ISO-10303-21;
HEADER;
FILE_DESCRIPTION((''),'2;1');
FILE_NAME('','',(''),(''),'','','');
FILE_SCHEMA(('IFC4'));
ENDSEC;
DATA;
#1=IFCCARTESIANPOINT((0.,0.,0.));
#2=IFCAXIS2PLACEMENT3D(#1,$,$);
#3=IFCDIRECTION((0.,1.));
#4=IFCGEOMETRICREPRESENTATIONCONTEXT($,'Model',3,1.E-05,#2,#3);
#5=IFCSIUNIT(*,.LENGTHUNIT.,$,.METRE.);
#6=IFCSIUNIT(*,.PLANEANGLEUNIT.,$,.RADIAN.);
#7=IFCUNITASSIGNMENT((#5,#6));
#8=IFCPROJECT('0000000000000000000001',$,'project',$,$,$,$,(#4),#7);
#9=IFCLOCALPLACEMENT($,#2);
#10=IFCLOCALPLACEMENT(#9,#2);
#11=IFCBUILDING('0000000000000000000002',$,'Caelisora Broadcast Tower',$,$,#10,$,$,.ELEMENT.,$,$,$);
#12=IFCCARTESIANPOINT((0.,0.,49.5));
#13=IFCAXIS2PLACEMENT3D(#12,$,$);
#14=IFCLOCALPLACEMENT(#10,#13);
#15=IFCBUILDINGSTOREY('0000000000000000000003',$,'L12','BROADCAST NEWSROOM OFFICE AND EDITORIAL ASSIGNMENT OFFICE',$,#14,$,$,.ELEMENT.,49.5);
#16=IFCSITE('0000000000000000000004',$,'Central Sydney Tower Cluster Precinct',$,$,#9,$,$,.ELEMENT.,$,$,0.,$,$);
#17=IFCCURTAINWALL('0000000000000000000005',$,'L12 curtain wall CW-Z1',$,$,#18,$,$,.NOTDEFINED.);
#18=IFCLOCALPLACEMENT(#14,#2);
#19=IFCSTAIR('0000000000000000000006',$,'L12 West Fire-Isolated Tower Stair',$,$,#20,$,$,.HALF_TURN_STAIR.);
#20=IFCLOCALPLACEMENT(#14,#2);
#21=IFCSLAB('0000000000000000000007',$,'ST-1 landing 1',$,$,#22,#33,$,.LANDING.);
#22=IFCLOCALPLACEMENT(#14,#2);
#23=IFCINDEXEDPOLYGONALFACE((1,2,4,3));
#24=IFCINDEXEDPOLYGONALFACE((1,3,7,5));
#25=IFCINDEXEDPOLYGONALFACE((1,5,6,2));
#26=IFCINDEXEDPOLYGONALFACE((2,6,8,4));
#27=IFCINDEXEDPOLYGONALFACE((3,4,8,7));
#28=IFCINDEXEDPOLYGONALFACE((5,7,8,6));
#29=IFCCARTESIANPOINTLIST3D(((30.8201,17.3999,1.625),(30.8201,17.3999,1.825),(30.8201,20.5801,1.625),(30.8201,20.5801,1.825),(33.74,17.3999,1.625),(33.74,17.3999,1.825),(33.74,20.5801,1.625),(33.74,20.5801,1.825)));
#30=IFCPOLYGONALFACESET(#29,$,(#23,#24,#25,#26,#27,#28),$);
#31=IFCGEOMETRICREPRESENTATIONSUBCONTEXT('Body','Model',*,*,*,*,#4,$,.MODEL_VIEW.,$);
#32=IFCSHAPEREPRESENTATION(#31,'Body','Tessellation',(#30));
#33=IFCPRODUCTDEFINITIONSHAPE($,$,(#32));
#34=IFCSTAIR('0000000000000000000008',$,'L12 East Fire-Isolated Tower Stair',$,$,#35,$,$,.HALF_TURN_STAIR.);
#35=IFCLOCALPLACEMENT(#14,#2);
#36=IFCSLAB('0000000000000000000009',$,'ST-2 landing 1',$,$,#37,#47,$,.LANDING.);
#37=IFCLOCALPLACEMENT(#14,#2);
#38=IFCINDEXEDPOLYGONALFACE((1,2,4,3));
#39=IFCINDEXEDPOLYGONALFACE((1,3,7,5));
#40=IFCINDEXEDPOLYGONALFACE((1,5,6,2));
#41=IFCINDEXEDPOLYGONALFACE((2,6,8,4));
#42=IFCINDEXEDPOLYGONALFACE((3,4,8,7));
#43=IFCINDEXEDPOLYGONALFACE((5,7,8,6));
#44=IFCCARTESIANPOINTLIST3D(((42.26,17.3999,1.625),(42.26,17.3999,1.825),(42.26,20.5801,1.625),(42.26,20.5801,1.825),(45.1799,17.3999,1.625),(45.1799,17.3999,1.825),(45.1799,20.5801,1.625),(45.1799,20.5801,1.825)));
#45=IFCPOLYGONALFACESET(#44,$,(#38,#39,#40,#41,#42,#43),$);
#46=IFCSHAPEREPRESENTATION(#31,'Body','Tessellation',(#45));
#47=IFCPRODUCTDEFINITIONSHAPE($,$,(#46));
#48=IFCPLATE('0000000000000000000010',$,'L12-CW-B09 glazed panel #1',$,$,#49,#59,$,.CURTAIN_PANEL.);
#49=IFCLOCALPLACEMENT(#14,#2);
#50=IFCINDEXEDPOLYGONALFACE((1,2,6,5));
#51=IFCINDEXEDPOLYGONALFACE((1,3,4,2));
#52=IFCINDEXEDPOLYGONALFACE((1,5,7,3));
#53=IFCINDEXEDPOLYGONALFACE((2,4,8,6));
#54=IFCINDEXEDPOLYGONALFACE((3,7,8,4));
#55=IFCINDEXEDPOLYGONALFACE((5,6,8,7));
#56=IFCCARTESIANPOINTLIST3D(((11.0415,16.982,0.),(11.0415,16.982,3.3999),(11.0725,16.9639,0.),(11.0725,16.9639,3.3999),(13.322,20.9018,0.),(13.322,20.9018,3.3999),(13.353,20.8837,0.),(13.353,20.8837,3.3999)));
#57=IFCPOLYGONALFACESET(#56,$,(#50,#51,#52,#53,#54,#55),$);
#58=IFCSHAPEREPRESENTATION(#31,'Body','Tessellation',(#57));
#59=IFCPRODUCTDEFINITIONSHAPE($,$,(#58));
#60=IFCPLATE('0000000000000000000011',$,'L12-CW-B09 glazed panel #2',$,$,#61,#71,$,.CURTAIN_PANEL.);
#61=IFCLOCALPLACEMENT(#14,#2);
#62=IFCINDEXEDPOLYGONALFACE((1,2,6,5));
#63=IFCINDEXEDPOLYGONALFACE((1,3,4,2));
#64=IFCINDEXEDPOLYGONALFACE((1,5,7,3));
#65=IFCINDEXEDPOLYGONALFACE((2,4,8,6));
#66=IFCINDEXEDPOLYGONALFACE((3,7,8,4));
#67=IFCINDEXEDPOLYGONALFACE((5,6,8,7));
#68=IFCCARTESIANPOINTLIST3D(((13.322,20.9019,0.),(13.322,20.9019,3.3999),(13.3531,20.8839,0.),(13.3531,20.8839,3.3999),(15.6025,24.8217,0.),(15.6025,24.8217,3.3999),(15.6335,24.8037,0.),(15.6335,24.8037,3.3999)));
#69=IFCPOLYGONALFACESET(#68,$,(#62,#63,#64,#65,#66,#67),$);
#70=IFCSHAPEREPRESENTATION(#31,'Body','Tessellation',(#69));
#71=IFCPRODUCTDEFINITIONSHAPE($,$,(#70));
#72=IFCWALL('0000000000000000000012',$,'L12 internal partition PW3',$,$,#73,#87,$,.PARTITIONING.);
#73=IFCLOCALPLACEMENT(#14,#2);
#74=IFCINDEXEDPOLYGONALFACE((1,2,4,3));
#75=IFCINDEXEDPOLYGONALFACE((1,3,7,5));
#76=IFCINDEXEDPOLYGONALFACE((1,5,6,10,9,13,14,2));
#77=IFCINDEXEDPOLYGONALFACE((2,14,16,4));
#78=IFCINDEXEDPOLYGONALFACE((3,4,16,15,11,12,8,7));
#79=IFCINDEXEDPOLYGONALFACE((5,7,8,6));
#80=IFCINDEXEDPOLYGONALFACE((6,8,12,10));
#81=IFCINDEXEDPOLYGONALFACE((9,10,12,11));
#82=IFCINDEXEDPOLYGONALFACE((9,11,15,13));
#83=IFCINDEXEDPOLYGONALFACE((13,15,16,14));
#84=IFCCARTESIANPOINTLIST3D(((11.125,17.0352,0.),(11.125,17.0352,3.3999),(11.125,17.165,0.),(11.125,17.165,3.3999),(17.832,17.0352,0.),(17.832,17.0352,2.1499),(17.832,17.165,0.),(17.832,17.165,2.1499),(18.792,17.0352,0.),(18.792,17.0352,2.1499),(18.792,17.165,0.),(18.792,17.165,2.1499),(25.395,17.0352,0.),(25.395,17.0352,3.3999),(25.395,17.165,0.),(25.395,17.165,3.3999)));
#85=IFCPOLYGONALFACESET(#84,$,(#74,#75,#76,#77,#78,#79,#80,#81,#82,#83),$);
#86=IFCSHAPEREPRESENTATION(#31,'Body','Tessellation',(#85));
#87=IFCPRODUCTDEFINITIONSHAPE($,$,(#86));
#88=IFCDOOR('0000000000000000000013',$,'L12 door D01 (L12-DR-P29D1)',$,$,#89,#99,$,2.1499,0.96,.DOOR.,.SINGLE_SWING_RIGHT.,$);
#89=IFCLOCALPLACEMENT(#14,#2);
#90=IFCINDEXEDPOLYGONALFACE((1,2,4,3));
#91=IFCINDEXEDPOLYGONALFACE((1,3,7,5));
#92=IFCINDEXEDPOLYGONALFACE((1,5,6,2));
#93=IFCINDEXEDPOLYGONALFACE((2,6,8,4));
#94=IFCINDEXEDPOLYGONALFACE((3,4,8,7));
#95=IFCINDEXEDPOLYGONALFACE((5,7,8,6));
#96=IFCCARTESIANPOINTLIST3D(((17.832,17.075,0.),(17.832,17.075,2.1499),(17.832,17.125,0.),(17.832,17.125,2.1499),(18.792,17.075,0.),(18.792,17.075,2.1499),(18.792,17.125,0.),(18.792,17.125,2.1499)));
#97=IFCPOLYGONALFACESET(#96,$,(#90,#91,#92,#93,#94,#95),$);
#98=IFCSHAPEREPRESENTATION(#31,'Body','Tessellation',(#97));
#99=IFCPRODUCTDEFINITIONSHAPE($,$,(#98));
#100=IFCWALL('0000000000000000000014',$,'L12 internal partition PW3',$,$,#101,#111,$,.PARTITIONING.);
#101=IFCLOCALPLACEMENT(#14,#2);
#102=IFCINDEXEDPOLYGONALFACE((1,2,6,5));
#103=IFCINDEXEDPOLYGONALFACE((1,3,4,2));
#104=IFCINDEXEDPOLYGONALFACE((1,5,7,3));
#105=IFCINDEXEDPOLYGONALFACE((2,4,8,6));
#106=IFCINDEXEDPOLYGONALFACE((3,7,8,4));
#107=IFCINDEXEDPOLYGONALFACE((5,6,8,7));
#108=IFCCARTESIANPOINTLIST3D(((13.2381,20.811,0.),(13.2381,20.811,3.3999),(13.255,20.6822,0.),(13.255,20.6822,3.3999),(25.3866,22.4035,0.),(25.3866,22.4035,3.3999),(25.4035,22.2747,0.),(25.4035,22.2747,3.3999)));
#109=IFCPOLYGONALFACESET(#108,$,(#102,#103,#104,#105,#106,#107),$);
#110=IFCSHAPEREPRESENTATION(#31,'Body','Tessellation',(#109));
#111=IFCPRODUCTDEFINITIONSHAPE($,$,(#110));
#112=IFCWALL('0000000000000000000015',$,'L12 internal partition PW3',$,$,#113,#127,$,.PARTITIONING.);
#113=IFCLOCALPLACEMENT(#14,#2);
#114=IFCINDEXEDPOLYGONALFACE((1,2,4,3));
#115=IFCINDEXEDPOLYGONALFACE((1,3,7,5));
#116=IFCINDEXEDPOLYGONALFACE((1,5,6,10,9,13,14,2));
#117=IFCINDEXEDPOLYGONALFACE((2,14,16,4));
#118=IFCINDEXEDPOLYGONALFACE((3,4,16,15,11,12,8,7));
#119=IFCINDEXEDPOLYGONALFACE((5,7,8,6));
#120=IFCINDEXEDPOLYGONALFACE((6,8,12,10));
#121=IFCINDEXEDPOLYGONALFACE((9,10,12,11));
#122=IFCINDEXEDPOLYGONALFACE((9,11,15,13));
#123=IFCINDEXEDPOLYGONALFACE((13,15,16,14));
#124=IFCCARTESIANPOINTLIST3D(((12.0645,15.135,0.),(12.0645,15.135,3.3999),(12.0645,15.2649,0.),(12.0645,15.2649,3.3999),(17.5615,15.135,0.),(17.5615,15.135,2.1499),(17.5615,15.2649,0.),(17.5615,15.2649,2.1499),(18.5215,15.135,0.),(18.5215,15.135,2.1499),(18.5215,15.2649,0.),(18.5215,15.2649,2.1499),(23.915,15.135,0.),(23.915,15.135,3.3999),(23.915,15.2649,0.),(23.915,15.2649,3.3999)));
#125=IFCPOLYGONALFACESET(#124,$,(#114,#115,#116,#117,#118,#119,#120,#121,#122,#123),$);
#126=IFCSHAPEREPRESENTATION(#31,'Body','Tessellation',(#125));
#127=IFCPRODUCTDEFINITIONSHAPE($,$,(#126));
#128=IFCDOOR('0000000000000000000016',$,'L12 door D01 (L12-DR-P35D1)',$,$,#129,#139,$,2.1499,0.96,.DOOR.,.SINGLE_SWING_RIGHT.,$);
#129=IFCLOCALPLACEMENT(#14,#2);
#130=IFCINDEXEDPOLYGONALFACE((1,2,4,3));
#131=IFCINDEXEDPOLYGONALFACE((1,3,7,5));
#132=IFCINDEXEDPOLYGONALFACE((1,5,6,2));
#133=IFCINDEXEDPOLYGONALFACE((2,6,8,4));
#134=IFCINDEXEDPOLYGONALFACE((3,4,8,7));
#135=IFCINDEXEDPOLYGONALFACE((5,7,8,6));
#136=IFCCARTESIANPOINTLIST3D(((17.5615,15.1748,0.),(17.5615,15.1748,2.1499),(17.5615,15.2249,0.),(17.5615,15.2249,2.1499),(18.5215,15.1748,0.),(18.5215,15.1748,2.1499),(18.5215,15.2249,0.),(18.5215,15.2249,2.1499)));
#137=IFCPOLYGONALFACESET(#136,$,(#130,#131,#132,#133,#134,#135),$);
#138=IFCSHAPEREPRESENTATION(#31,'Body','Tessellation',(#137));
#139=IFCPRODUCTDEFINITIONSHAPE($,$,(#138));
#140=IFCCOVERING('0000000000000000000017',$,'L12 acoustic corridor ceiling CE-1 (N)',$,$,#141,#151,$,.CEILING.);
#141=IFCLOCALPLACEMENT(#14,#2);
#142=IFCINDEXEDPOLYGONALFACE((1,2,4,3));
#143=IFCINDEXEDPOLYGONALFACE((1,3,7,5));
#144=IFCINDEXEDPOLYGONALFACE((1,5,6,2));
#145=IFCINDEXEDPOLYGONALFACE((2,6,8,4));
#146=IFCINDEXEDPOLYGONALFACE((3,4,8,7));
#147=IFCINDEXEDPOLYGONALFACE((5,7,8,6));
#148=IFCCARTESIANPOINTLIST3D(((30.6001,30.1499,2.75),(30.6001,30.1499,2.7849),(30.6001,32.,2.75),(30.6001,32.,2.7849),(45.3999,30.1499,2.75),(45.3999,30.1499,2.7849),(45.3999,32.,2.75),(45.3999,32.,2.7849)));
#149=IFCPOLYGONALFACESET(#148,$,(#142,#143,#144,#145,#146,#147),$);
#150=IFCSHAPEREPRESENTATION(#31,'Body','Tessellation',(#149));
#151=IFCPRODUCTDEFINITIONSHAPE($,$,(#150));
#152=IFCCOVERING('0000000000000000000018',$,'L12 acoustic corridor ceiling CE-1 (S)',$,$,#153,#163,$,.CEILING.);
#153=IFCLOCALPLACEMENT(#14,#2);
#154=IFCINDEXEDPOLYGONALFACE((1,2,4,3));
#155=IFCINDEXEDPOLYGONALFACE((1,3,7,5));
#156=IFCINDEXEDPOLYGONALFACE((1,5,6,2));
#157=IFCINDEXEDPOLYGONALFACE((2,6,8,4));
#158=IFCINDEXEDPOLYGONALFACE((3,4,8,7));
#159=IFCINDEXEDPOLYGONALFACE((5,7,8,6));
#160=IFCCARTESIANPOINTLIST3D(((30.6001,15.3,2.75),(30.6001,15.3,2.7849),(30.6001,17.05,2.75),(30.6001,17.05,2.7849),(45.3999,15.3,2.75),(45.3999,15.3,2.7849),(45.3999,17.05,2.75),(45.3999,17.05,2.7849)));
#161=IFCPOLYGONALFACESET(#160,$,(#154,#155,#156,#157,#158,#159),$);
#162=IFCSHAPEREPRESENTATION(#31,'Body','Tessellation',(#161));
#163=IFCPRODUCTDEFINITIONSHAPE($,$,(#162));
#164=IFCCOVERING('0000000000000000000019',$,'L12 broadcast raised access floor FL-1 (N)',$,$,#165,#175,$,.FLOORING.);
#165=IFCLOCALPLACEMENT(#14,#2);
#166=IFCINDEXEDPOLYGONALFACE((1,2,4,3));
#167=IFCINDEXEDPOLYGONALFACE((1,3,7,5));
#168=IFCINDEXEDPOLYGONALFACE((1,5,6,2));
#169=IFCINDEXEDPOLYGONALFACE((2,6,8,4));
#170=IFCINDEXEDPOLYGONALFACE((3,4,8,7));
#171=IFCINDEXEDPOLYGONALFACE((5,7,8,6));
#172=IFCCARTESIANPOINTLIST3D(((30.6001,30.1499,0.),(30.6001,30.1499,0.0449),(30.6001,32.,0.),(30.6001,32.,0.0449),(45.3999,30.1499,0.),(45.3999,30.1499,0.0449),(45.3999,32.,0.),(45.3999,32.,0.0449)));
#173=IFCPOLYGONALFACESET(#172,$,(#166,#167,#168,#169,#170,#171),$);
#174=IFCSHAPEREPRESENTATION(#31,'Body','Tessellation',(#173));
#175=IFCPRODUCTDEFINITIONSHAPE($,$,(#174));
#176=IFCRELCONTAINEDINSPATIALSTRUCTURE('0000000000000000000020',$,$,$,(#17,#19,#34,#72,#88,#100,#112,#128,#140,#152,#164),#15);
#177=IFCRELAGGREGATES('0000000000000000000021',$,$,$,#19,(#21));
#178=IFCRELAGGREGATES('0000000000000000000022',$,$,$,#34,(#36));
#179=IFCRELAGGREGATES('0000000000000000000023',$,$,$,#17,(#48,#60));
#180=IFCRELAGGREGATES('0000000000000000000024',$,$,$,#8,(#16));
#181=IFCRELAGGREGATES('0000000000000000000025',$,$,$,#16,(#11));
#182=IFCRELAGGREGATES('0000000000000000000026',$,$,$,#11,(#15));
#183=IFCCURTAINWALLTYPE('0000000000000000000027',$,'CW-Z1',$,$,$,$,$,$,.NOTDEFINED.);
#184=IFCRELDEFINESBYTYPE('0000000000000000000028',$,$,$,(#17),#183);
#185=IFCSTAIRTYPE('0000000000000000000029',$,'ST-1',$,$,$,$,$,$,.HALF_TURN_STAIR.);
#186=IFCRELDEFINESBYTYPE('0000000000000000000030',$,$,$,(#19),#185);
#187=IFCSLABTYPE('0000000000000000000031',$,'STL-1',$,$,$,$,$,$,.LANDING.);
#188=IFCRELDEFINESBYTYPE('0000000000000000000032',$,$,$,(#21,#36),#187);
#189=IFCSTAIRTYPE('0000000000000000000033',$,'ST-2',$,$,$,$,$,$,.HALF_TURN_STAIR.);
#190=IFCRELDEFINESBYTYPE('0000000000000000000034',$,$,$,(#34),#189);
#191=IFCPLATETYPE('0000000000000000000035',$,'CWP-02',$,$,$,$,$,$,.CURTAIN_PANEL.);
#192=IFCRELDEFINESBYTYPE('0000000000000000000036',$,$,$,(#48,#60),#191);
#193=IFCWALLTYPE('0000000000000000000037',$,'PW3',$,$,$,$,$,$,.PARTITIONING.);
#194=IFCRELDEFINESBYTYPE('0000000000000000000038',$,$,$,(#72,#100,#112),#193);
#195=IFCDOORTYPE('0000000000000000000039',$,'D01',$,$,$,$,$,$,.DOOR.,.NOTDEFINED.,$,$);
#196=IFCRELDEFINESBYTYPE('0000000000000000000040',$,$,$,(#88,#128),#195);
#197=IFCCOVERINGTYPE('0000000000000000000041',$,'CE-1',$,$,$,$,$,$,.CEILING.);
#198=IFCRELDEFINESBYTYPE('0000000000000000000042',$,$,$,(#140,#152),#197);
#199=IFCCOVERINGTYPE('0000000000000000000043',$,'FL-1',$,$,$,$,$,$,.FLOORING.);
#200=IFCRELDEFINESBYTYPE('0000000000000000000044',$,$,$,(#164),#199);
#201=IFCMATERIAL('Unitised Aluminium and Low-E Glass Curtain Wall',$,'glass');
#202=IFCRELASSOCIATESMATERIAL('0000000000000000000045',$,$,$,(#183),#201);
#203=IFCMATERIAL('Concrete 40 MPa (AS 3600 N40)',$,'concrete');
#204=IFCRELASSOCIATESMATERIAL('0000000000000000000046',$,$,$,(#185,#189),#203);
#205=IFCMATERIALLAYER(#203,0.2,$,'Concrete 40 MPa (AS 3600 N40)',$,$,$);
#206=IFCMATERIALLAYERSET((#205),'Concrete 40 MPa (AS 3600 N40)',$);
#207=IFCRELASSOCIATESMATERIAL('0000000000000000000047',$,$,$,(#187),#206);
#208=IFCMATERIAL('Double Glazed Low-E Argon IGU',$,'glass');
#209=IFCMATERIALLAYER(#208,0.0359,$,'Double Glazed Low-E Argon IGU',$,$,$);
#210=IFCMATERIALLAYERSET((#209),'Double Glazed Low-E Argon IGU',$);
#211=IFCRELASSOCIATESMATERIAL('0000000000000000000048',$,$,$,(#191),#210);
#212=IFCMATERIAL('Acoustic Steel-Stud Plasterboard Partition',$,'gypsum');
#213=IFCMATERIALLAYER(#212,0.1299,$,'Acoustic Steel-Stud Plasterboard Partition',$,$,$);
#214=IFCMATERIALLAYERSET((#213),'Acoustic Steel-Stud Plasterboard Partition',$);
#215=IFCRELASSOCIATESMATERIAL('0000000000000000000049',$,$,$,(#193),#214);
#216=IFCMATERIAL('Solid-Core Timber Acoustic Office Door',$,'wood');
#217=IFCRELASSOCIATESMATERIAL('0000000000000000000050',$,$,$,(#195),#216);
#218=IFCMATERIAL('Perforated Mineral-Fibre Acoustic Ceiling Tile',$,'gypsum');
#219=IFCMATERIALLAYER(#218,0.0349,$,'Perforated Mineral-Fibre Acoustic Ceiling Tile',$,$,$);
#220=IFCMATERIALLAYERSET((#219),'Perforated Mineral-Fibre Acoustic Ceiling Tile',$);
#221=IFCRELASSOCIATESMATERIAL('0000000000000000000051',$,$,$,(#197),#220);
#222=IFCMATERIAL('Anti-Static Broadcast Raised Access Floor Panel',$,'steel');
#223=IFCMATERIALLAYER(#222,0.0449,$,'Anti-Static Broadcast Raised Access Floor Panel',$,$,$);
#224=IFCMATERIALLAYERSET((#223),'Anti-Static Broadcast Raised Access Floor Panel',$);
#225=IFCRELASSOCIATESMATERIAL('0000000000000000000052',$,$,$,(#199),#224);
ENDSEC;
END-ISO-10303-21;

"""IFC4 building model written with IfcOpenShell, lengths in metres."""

from ifc_helpers import new_model, si_unit, direction, frame, frame_2d, origin, origin_2d, place, context, subcontext, project, spatial, polyline, rectangle, outline, extrude, source, transform, mapped, material, layer, layer_set, type_object, type_shapes, element, fill, aggregate, save


model = new_model("IFC4")

# Units and contexts
model_context = context("Model", 3, precision=1e-05, world=origin(), true_north=direction((0.0, 1.0)))
body_context = subcontext(model_context, "Body", "Model", "MODEL_VIEW")
ifc_project = project(units=[si_unit("LENGTHUNIT", "METRE"), si_unit("PLANEANGLEUNIT", "RADIAN")], contexts=[model_context])

# Site, building, storey
site_placement = place(None, origin())
site = spatial("IfcSite", under=ifc_project, at=site_placement, Name="Central Sydney Tower Cluster Precinct", CompositionType="ELEMENT", RefElevation=0.0)
building_placement = place(site_placement, origin())
building = spatial("IfcBuilding", under=site, at=building_placement, Name="Caelisora Broadcast Tower", CompositionType="ELEMENT")
storey_placement = place(building_placement, frame((0.0, 0.0, 49.5)))
storey = spatial("IfcBuildingStorey", under=building, at=storey_placement, Name="L12", Description="BROADCAST NEWSROOM OFFICE AND EDITORIAL ASSIGNMENT OFFICE", CompositionType="ELEMENT", Elevation=49.5)

# Curtain wall
ifc_material_1 = material(Name="Unitised Aluminium and Low-E Glass Curtain Wall", Category="glass")
curtain_wall_type = type_object("IfcCurtainWallType", Name="CW-Z1", PredefinedType="NOTDEFINED", material=ifc_material_1)
curtain_wall_placement = place(storey_placement, origin())
curtain_wall = element("IfcCurtainWall", 1, at=curtain_wall_placement, inside=storey, type_object=curtain_wall_type, Name="L12 curtain wall CW-Z1", PredefinedType="NOTDEFINED")

# Shared definitions
ifc_material_2 = material(Name="Concrete 40 MPa (AS 3600 N40)", Category="concrete")

# Stairs, slabs
stair_type_1 = type_object("IfcStairType", Name="ST-1", PredefinedType="HALF_TURN_STAIR", material=ifc_material_2)
stair_1_placement = place(storey_placement, origin())
stair_1 = element("IfcStair", 2, at=stair_1_placement, inside=storey, type_object=stair_type_1, Name="L12 West Fire-Isolated Tower Stair", PredefinedType="HALF_TURN_STAIR")
ifc_layer_1 = layer(ifc_material_2, 0.2, Name="Concrete 40 MPa (AS 3600 N40)")
ifc_layer_set_1 = layer_set([ifc_layer_1], Name="Concrete 40 MPa (AS 3600 N40)")
slab_type_1 = type_object("IfcSlabType", Name="STL-1", PredefinedType="LANDING", material=ifc_layer_set_1)
slab_1_placement = place(storey_placement, frame((0.0, 0.0, 1.625)))
slab_1 = element("IfcSlab", 3, at=slab_1_placement, type_object=slab_type_1, Name="ST-1 landing 1", PredefinedType="LANDING", context=body_context, shape_type="SweptSolid", body=[
    extrude(outline(polyline([(30.8201, 20.5801), (30.8201, 17.3999), (33.74, 17.3999), (33.74, 20.5801), (30.8201, 20.5801)])), origin(), (0.0, 0.0, 1.0), 0.2),
])
aggregate(stair_1, [slab_1])
stair_type_2 = type_object("IfcStairType", Name="ST-2", PredefinedType="HALF_TURN_STAIR", material=ifc_material_2)
stair_2_placement = place(storey_placement, origin())
stair_2 = element("IfcStair", 4, at=stair_2_placement, inside=storey, type_object=stair_type_2, Name="L12 East Fire-Isolated Tower Stair", PredefinedType="HALF_TURN_STAIR")
slab_2_placement = place(storey_placement, frame((0.0, 0.0, 1.625)))
slab_2 = element("IfcSlab", 5, at=slab_2_placement, type_object=slab_type_1, Name="ST-2 landing 1", PredefinedType="LANDING", context=body_context, shape_type="SweptSolid", body=[
    extrude(outline(polyline([(42.26, 20.5801), (42.26, 17.3999), (45.1799, 17.3999), (45.1799, 20.5801), (42.26, 20.5801)])), origin(), (0.0, 0.0, 1.0), 0.2),
])
aggregate(stair_2, [slab_2])

# Plates
ifc_material_3 = material(Name="Double Glazed Low-E Argon IGU", Category="glass")
ifc_layer_2 = layer(ifc_material_3, 0.0359, Name="Double Glazed Low-E Argon IGU")
ifc_layer_set_2 = layer_set([ifc_layer_2], Name="Double Glazed Low-E Argon IGU")
plate_type = type_object("IfcPlateType", Name="CWP-02", PredefinedType="CURTAIN_PANEL", material=ifc_layer_set_2)
shared_shape_1 = source(origin(), body_context, "Body", "SweptSolid", [
    extrude(rectangle(XDim=4.5349, YDim=0.0359, at=origin_2d()), origin(), (0.0, 0.0, 1.0), 3.3999),
])
type_shapes(plate_type, [shared_shape_1])
plate_1_placement = place(storey_placement, frame((12.1973, 18.9329, 0.0), z_axis=(0.0, 0.0, 1.0), x_axis=(0.502869, 0.864363, 0.0)))
plate_1 = element("IfcPlate", 6, at=plate_1_placement, type_object=plate_type, Name="L12-CW-B09 glazed panel #1", PredefinedType="CURTAIN_PANEL", context=body_context, shape_type="MappedRepresentation", body=[
    mapped(shared_shape_1, transform((0.0, 0.0, 0.0), scale=1.0)),
])
plate_2_placement = place(storey_placement, frame((14.4778, 22.8528, 0.0), z_axis=(0.0, 0.0, 1.0), x_axis=(0.502869, 0.864363, 0.0)))
plate_2 = element("IfcPlate", 7, at=plate_2_placement, type_object=plate_type, Name="L12-CW-B09 glazed panel #2", PredefinedType="CURTAIN_PANEL", context=body_context, shape_type="MappedRepresentation", body=[
    mapped(shared_shape_1, transform((0.0, 0.0, 0.0), scale=1.0)),
])
aggregate(curtain_wall, [plate_1, plate_2])

# Wall, opening, door
ifc_material_4 = material(Name="Acoustic Steel-Stud Plasterboard Partition", Category="gypsum")
ifc_layer_3 = layer(ifc_material_4, 0.1299, Name="Acoustic Steel-Stud Plasterboard Partition")
ifc_layer_set_3 = layer_set([ifc_layer_3], Name="Acoustic Steel-Stud Plasterboard Partition")
wall_type = type_object("IfcWallType", Name="PW3", PredefinedType="PARTITIONING", material=ifc_layer_set_3)
wall_1_placement = place(storey_placement, frame((11.125, 17.1001, 0.0), z_axis=(0.0, 0.0, 1.0), x_axis=(1.0, 0.0, 0.0)))
wall_1 = element("IfcWall", 8, at=wall_1_placement, inside=storey, type_object=wall_type, Name="L12 internal partition PW3", PredefinedType="PARTITIONING", context=body_context, shape_type="SweptSolid", body=[
    extrude(rectangle(XDim=14.27, YDim=0.1299, at=frame_2d((7.135, 0.0))), origin(), (0.0, 0.0, 1.0), 3.3999),
])
opening_1_placement = place(wall_1_placement, frame((6.707, 0.0, 0.0)))
opening_1 = element("IfcOpeningElement", 9, at=opening_1_placement, cuts=wall_1, PredefinedType="OPENING", context=body_context, shape_type="SweptSolid", body=[
    extrude(rectangle(XDim=0.96, YDim=2.1499, at=frame_2d((0.48, 1.075))), frame((0.0, 0.0769, 0.0), z_axis=(0.0, -1.0, 0.0), x_axis=(1.0, 0.0, 0.0)), (0.0, 0.0, 1.0), 0.1538),
])
ifc_material_5 = material(Name="Solid-Core Timber Acoustic Office Door", Category="wood")
door_type = type_object("IfcDoorType", Name="D01", OperationType="NOTDEFINED", PredefinedType="DOOR", material=ifc_material_5)
door_1_placement = place(opening_1_placement, origin())
door_1 = element("IfcDoor", 10, at=door_1_placement, inside=storey, type_object=door_type, Name="L12 door D01 (L12-DR-P29D1)", OperationType="SINGLE_SWING_RIGHT", OverallHeight=2.1499, OverallWidth=0.96, PredefinedType="DOOR", context=body_context, shape_type="SweptSolid", body=[
    extrude(rectangle(XDim=0.96, YDim=2.1499, at=frame_2d((0.48, 1.075))), frame((0.0, 0.0249, 0.0), z_axis=(0.0, -1.0, 0.0), x_axis=(1.0, 0.0, 0.0)), (0.0, 0.0, 1.0), 0.05),
])
fill(opening_1, door_1)

# Wall
wall_2_placement = place(storey_placement, frame((13.2466, 20.7466, 0.0), z_axis=(0.0, 0.0, 1.0), x_axis=(0.991517, 0.129977, 0.0)))
element("IfcWall", 11, at=wall_2_placement, inside=storey, type_object=wall_type, Name="L12 internal partition PW3", PredefinedType="PARTITIONING", context=body_context, shape_type="SweptSolid", body=[
    extrude(rectangle(XDim=12.2524, YDim=0.1299, at=frame_2d((6.1262, 0.0))), origin(), (0.0, 0.0, 1.0), 3.3999),
])

# Wall, opening, door
wall_3_placement = place(storey_placement, frame((12.0645, 15.2, 0.0), z_axis=(0.0, 0.0, 1.0), x_axis=(1.0, 0.0, 0.0)))
wall_3 = element("IfcWall", 12, at=wall_3_placement, inside=storey, type_object=wall_type, Name="L12 internal partition PW3", PredefinedType="PARTITIONING", context=body_context, shape_type="SweptSolid", body=[
    extrude(rectangle(XDim=11.8506, YDim=0.1299, at=frame_2d((5.9253, 0.0))), origin(), (0.0, 0.0, 1.0), 3.3999),
])
opening_2_placement = place(wall_3_placement, frame((5.4971, 0.0, 0.0)))
opening_2 = element("IfcOpeningElement", 13, at=opening_2_placement, cuts=wall_3, PredefinedType="OPENING", context=body_context, shape_type="SweptSolid", body=[
    extrude(rectangle(XDim=0.96, YDim=2.1499, at=frame_2d((0.48, 1.075))), frame((0.0, 0.0769, 0.0), z_axis=(0.0, -1.0, 0.0), x_axis=(1.0, 0.0, 0.0)), (0.0, 0.0, 1.0), 0.1538),
])
door_2_placement = place(opening_2_placement, origin())
door_2 = element("IfcDoor", 14, at=door_2_placement, inside=storey, type_object=door_type, Name="L12 door D01 (L12-DR-P35D1)", OperationType="SINGLE_SWING_RIGHT", OverallHeight=2.1499, OverallWidth=0.96, PredefinedType="DOOR", context=body_context, shape_type="SweptSolid", body=[
    extrude(rectangle(XDim=0.96, YDim=2.1499, at=frame_2d((0.48, 1.075))), frame((0.0, 0.0249, 0.0), z_axis=(0.0, -1.0, 0.0), x_axis=(1.0, 0.0, 0.0)), (0.0, 0.0, 1.0), 0.05),
])
fill(opening_2, door_2)

# Coverings
ifc_material_6 = material(Name="Perforated Mineral-Fibre Acoustic Ceiling Tile", Category="gypsum")
ifc_layer_4 = layer(ifc_material_6, 0.0349, Name="Perforated Mineral-Fibre Acoustic Ceiling Tile")
ifc_layer_set_4 = layer_set([ifc_layer_4], Name="Perforated Mineral-Fibre Acoustic Ceiling Tile")
covering_type_1 = type_object("IfcCoveringType", Name="CE-1", PredefinedType="CEILING", material=ifc_layer_set_4)
covering_1_placement = place(storey_placement, frame((0.0, 0.0, 2.75)))
element("IfcCovering", 15, at=covering_1_placement, inside=storey, type_object=covering_type_1, Name="L12 acoustic corridor ceiling CE-1 (N)", PredefinedType="CEILING", context=body_context, shape_type="SweptSolid", body=[
    extrude(outline(polyline([(30.6001, 30.1499), (45.3999, 30.1499), (45.3999, 32.0), (30.6001, 32.0), (30.6001, 30.1499)])), origin(), (0.0, 0.0, 1.0), 0.0349),
])
covering_2_placement = place(storey_placement, frame((0.0, 0.0, 2.75)))
element("IfcCovering", 16, at=covering_2_placement, inside=storey, type_object=covering_type_1, Name="L12 acoustic corridor ceiling CE-1 (S)", PredefinedType="CEILING", context=body_context, shape_type="SweptSolid", body=[
    extrude(outline(polyline([(30.6001, 15.3), (45.3999, 15.3), (45.3999, 17.05), (30.6001, 17.05), (30.6001, 15.3)])), origin(), (0.0, 0.0, 1.0), 0.0349),
])
ifc_material_7 = material(Name="Anti-Static Broadcast Raised Access Floor Panel", Category="steel")
ifc_layer_5 = layer(ifc_material_7, 0.0449, Name="Anti-Static Broadcast Raised Access Floor Panel")
ifc_layer_set_5 = layer_set([ifc_layer_5], Name="Anti-Static Broadcast Raised Access Floor Panel")
covering_type_2 = type_object("IfcCoveringType", Name="FL-1", PredefinedType="FLOORING", material=ifc_layer_set_5)
covering_3_placement = place(storey_placement, origin())
element("IfcCovering", 17, at=covering_3_placement, inside=storey, type_object=covering_type_2, Name="L12 broadcast raised access floor FL-1 (N)", PredefinedType="FLOORING", context=body_context, shape_type="SweptSolid", body=[
    extrude(outline(polyline([(30.6001, 30.1499), (45.3999, 30.1499), (45.3999, 32.0), (30.6001, 32.0), (30.6001, 30.1499)])), origin(), (0.0, 0.0, 1.0), 0.0449),
])

save(model, "model.ifc")
